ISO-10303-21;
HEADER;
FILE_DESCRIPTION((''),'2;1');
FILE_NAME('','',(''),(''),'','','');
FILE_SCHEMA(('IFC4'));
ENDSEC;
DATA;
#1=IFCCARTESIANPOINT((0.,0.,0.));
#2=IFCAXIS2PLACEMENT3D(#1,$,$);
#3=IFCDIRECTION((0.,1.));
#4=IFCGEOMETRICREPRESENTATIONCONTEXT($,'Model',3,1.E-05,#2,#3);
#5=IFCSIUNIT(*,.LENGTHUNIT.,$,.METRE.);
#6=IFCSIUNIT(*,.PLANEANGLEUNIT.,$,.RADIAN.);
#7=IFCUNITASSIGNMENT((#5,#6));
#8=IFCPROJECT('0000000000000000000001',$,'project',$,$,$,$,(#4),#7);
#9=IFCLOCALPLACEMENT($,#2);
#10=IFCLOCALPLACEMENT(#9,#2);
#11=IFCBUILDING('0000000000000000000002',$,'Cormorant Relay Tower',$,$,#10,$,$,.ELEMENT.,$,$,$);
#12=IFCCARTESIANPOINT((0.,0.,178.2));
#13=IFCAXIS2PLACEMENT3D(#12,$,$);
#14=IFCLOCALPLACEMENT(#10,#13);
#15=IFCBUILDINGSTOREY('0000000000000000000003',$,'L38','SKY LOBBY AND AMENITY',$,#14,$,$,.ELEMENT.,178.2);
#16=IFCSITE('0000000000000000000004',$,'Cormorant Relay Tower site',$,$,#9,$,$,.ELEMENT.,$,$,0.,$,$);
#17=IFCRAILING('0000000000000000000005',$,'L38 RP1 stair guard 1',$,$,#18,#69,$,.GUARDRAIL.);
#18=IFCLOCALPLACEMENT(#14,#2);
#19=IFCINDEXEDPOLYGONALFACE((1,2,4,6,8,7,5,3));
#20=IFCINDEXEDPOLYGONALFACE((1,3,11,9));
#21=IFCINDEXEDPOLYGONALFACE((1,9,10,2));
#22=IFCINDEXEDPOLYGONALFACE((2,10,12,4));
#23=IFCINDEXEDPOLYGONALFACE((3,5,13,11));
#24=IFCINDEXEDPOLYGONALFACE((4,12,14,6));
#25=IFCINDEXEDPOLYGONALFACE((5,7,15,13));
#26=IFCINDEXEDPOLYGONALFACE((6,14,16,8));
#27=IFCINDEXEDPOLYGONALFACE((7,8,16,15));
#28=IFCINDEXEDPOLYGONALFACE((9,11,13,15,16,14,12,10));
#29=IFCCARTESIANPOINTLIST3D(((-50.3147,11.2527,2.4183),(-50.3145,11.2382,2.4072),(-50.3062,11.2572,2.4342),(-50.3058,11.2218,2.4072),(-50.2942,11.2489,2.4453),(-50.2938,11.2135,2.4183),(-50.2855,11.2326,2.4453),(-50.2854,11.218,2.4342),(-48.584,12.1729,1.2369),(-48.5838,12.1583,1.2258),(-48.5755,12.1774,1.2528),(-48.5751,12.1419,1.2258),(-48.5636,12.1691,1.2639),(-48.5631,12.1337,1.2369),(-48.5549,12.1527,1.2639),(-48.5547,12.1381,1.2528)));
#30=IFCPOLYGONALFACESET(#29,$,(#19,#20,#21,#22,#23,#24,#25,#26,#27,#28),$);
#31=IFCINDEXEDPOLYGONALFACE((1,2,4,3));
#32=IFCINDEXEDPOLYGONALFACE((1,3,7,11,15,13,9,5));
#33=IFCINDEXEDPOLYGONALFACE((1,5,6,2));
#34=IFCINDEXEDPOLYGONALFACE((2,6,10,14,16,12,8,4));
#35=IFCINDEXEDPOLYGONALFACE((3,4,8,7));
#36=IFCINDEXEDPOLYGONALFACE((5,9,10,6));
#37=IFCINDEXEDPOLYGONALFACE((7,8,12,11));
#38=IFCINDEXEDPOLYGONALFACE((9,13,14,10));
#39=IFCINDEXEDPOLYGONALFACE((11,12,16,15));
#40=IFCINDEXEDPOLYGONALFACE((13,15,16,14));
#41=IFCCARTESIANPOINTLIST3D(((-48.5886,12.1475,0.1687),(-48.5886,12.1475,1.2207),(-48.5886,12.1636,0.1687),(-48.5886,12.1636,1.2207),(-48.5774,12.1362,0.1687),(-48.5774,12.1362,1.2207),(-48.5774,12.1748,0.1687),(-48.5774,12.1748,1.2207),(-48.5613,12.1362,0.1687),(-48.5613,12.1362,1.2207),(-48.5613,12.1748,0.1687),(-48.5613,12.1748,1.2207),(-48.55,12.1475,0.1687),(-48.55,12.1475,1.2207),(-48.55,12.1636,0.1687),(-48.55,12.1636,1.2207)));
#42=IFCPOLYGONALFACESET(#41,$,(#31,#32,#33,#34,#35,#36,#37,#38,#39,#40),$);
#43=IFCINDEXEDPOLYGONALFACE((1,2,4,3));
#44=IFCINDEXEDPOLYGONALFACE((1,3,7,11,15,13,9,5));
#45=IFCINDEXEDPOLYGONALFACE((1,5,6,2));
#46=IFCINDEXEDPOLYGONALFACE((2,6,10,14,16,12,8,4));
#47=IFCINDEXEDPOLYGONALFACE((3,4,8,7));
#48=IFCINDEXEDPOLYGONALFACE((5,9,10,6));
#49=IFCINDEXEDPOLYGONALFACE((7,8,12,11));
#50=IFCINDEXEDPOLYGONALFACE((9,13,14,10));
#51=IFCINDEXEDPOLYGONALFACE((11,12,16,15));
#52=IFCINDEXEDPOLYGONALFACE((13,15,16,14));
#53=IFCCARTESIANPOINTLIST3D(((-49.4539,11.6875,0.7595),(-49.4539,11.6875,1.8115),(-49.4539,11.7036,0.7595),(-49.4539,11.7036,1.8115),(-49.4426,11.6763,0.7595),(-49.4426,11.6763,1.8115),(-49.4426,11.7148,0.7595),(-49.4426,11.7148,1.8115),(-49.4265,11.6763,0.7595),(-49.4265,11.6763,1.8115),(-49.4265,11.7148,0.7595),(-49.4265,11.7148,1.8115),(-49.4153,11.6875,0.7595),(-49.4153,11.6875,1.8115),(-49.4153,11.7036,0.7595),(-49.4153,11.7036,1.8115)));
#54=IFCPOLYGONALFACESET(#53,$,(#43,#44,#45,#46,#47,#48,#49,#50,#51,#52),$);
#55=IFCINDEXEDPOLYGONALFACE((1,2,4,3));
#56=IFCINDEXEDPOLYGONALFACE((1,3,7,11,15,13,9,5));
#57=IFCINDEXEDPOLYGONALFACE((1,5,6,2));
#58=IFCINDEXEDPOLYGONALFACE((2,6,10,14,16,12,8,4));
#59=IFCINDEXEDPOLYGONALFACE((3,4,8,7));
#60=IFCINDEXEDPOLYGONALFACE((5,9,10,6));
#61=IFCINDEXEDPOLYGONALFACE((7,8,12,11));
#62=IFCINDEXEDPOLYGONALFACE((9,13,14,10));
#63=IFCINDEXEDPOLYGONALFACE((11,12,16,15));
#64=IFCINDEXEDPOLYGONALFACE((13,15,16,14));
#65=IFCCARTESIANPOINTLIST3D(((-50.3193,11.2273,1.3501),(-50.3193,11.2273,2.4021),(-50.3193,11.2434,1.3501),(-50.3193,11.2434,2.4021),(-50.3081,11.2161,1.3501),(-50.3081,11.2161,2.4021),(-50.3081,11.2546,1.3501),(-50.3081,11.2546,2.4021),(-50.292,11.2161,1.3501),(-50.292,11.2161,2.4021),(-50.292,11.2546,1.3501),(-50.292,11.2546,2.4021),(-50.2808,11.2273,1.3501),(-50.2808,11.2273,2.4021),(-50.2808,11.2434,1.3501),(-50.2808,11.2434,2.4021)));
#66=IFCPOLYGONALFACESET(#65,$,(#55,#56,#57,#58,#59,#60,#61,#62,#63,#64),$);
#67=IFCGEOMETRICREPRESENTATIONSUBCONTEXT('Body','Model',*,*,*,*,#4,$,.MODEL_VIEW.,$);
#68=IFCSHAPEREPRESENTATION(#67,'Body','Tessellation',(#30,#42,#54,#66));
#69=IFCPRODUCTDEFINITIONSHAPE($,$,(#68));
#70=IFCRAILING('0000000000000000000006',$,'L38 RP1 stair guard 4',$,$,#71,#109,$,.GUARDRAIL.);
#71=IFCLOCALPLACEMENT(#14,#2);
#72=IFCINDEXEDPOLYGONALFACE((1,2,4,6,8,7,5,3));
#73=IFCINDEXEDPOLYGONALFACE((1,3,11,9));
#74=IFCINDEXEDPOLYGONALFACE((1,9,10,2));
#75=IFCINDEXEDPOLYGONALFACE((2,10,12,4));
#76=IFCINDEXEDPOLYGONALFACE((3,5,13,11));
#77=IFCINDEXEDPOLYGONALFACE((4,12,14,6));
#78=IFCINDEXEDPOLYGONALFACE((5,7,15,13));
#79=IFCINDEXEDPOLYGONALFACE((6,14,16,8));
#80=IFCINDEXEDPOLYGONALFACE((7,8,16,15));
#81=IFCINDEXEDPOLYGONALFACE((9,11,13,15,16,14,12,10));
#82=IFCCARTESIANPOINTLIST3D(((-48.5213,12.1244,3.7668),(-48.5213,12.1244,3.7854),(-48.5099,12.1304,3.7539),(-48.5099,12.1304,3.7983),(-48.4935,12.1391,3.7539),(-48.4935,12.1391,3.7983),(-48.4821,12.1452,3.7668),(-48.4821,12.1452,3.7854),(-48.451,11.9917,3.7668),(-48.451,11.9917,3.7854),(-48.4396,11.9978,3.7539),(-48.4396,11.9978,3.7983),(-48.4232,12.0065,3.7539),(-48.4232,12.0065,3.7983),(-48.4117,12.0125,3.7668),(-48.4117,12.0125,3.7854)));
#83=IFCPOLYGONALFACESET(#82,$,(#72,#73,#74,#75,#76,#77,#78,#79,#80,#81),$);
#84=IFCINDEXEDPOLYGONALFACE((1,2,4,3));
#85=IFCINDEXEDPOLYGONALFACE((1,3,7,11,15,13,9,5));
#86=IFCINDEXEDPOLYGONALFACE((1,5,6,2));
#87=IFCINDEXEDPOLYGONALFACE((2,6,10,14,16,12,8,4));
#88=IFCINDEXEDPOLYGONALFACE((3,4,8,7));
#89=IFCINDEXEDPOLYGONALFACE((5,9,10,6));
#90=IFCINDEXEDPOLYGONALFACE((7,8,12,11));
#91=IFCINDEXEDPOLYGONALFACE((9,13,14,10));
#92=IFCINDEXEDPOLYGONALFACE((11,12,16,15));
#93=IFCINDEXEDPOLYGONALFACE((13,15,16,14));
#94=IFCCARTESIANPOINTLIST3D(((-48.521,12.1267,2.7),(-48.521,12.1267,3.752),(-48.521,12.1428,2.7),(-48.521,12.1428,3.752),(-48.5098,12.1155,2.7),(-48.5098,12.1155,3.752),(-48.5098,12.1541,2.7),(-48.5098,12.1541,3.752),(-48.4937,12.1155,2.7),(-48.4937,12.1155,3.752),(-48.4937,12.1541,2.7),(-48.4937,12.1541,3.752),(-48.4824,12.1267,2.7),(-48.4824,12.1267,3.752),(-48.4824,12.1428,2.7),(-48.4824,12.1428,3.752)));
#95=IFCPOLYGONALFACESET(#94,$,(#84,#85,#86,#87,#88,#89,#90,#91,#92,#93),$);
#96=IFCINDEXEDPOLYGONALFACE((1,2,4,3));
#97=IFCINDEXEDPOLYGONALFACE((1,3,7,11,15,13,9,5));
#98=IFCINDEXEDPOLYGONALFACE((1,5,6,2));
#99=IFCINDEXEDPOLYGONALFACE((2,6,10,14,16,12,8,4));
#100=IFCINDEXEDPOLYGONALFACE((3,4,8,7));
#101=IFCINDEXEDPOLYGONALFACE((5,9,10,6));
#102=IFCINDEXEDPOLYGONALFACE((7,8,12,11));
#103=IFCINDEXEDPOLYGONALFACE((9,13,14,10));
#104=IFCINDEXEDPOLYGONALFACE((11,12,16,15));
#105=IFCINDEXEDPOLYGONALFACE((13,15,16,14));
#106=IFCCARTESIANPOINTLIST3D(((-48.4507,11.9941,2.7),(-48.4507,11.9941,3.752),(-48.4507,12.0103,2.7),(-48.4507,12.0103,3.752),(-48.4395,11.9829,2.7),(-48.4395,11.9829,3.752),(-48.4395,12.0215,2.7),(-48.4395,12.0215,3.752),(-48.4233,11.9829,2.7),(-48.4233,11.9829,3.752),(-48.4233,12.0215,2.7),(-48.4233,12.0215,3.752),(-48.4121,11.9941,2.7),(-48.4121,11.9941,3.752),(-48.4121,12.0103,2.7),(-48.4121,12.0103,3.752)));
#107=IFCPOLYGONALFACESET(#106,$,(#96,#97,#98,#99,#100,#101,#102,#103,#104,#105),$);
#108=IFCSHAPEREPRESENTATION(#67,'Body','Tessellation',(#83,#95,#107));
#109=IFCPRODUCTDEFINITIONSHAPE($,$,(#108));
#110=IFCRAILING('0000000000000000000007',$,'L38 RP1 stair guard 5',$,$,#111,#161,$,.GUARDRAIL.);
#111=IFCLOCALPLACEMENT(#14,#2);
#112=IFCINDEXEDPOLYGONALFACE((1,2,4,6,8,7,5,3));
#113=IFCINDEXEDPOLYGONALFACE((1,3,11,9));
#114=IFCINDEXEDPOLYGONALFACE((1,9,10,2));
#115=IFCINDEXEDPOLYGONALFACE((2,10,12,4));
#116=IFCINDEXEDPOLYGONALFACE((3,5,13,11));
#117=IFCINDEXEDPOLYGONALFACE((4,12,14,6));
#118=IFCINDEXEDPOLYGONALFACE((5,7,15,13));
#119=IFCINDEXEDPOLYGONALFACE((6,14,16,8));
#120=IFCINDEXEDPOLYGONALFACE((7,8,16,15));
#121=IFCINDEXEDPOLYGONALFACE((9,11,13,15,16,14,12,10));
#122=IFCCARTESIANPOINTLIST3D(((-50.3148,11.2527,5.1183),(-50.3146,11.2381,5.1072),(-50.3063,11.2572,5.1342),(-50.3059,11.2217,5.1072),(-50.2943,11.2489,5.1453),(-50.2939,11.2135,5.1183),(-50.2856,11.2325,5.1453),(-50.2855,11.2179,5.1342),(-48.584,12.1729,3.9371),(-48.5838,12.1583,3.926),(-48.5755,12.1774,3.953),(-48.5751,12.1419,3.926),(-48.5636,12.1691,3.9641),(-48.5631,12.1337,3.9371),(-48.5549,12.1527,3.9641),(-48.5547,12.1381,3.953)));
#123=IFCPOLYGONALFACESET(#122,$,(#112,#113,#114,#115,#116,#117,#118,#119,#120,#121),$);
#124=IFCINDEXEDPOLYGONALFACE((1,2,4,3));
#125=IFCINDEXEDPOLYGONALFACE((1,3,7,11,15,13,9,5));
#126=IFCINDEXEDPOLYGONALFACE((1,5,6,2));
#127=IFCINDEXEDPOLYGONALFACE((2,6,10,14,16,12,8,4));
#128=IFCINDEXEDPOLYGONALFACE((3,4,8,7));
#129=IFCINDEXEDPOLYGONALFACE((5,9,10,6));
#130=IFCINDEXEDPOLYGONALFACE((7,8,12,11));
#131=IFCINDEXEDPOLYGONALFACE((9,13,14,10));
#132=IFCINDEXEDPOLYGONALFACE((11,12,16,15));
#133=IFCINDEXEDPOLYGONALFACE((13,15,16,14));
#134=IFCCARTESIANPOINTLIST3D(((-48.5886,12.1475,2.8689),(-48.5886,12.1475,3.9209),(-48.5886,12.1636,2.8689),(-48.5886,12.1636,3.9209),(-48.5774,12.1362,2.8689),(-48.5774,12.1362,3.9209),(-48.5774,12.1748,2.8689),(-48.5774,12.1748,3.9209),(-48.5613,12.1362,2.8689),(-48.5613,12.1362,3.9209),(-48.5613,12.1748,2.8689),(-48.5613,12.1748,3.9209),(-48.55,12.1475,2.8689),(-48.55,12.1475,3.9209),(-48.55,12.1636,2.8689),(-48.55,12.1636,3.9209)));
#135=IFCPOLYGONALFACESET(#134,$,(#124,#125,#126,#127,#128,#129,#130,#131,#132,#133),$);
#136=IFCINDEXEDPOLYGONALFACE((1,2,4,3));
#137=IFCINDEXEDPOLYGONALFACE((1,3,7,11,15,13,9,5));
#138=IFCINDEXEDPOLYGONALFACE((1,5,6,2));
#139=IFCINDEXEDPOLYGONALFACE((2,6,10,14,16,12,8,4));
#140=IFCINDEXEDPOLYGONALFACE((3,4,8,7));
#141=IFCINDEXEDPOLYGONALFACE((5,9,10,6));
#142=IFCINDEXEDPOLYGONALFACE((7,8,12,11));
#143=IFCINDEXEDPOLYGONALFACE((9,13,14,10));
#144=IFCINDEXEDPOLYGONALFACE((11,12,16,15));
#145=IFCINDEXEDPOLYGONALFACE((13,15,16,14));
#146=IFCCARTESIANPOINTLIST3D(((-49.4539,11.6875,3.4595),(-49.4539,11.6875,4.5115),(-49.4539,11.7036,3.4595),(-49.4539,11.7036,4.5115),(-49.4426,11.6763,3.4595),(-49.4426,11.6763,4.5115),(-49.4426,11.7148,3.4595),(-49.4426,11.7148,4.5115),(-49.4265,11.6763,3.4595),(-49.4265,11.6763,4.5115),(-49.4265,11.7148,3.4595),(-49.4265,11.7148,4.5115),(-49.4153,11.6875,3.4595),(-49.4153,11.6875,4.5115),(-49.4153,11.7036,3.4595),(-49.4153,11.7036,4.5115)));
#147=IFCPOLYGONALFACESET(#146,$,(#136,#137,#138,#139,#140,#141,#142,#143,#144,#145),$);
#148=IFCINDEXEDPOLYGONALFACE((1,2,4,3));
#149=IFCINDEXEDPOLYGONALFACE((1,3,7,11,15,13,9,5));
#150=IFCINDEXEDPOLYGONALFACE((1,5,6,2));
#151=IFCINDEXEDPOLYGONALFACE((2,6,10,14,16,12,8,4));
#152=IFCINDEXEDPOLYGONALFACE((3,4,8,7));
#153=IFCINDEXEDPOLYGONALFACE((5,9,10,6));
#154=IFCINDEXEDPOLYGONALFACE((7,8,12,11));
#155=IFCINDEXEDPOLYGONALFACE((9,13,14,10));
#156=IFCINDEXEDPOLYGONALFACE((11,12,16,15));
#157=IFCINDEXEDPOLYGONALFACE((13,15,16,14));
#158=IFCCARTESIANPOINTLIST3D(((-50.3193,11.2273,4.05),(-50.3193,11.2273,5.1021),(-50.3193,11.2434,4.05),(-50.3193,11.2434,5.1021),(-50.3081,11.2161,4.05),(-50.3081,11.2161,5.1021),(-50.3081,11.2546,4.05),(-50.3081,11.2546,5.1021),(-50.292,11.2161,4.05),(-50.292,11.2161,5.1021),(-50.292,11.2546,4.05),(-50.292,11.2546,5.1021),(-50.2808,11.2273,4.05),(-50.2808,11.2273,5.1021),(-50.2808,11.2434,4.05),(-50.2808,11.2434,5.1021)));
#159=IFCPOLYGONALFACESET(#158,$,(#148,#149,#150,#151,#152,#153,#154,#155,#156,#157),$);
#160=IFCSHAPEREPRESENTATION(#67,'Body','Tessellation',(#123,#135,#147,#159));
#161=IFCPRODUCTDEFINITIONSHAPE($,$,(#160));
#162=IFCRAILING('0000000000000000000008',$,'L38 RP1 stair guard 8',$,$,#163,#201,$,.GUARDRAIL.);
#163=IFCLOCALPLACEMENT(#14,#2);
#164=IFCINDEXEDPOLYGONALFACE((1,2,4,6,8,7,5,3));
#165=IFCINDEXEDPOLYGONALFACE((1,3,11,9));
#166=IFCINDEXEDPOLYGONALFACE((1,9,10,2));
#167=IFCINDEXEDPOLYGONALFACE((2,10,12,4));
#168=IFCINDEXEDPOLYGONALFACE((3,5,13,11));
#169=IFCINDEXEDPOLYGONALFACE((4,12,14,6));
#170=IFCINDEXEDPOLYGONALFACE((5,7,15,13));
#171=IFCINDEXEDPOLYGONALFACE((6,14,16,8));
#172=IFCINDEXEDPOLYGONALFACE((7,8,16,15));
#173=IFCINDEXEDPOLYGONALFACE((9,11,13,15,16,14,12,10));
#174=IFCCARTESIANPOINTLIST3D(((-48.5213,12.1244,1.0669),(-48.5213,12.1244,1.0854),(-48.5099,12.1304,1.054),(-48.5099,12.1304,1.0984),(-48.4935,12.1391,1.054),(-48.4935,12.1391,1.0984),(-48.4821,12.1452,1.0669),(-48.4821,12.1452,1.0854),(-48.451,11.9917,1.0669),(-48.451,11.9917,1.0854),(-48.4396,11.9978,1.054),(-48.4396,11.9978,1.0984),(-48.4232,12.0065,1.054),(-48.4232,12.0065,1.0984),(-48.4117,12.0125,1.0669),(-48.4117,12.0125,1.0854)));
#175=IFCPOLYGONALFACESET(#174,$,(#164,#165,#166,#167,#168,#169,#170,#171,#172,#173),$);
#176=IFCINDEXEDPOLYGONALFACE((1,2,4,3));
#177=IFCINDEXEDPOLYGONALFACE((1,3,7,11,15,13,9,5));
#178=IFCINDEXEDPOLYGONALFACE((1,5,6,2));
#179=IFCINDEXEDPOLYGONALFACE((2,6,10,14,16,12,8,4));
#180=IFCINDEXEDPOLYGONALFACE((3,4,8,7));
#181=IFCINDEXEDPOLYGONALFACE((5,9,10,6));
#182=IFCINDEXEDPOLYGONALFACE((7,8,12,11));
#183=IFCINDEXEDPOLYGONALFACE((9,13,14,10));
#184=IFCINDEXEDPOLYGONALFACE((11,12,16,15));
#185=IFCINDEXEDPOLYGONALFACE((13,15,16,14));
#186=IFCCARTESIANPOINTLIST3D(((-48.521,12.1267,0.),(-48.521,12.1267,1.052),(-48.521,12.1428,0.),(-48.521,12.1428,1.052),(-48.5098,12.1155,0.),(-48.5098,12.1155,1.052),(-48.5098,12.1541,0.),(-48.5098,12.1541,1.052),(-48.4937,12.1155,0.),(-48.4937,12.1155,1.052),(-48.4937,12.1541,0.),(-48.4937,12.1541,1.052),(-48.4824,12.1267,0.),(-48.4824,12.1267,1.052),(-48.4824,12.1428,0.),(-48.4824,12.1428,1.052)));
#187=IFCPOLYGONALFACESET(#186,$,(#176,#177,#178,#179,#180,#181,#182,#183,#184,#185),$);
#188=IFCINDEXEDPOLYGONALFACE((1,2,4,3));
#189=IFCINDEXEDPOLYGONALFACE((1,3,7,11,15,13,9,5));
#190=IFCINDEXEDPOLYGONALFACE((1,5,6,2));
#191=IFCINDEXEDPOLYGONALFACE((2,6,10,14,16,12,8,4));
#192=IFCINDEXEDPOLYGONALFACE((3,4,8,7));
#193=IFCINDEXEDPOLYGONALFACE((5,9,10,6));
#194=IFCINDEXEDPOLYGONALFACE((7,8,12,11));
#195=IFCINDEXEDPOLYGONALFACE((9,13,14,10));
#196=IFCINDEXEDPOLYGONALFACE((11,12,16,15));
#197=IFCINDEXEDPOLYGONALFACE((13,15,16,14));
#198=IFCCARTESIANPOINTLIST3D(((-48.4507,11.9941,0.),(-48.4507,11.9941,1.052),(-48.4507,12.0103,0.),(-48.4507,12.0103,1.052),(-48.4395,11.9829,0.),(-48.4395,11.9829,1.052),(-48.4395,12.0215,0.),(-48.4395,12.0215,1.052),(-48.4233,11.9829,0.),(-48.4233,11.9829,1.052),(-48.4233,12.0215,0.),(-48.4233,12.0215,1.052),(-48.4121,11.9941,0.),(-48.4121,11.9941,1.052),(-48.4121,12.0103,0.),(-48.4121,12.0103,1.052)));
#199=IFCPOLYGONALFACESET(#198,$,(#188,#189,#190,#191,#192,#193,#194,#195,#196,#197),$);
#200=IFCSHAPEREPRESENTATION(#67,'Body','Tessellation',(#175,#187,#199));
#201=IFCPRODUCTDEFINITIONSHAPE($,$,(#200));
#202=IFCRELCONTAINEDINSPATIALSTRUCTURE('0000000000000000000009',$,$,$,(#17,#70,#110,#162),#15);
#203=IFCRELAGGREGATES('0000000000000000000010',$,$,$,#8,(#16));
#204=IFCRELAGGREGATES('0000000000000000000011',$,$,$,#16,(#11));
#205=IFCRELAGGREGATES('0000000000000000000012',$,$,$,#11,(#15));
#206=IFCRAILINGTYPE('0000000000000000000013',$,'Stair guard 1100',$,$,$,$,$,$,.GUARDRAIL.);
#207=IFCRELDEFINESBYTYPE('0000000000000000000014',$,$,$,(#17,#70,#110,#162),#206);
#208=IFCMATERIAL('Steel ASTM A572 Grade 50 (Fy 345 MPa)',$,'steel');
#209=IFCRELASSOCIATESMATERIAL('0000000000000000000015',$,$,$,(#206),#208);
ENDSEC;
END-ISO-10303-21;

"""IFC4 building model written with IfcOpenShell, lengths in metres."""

from ifc_helpers import new_model, si_unit, direction, frame, origin, place, context, subcontext, project, spatial, polyline, outline, extrude, material, type_object, element, save


model = new_model("IFC4")

# Units and contexts
model_context = context("Model", 3, precision=1e-05, world=origin(), true_north=direction((0.0, 1.0)))
body_context = subcontext(model_context, "Body", "Model", "MODEL_VIEW")
ifc_project = project(units=[si_unit("LENGTHUNIT", "METRE"), si_unit("PLANEANGLEUNIT", "RADIAN")], contexts=[model_context])

# Site, building, storey
site_placement = place(None, origin())
site = spatial("IfcSite", under=ifc_project, at=site_placement, Name="Cormorant Relay Tower site", CompositionType="ELEMENT", RefElevation=0.0)
building_placement = place(site_placement, origin())
building = spatial("IfcBuilding", under=site, at=building_placement, Name="Cormorant Relay Tower", CompositionType="ELEMENT")
storey_placement = place(building_placement, frame((0.0, 0.0, 178.2)))
storey = spatial("IfcBuildingStorey", under=building, at=storey_placement, Name="L38", Description="SKY LOBBY AND AMENITY", CompositionType="ELEMENT", Elevation=178.2)

# Railings
ifc_material_1 = material(Name="Steel ASTM A572 Grade 50 (Fy 345 MPa)", Category="steel")
railing_type_1 = type_object("IfcRailingType", Name="Stair guard 1100", PredefinedType="GUARDRAIL", material=ifc_material_1)
railing_1_placement = place(storey_placement, frame((-48.5693, 12.1555, 0.1687)))
element("IfcRailing", 1, at=railing_1_placement, inside=storey, type_object=railing_type_1, Name="L38 RP1 stair guard 1", PredefinedType="GUARDRAIL", context=body_context, shape_type="SweptSolid", body=[
    extrude(outline(polyline([(0.0222, 0.0093), (0.0093, 0.0222), (-0.0093, 0.0222), (-0.0222, 0.0093), (-0.0222, -0.0093), (-0.0093, -0.0222), (0.0093, -0.0222), (0.0222, -0.0093), (0.0222, 0.0093)])), frame((0.0, 0.0, 1.0762), z_axis=(-0.756226, -0.402062, 0.516205), x_axis=(0.469444, -0.882962, 0.0)), (0.0, 0.0, 1.0), 2.2886),
    extrude(outline(polyline([(0.0193, 0.0081), (0.0081, 0.0193), (-0.0081, 0.0193), (-0.0193, 0.0081), (-0.0193, -0.0081), (-0.0081, -0.0193), (0.0081, -0.0193), (0.0193, -0.0081), (0.0193, 0.0081)])), origin(), (0.0, 0.0, 1.0), 1.052),
    extrude(outline(polyline([(0.0193, 0.0081), (0.0081, 0.0193), (-0.0081, 0.0193), (-0.0193, 0.0081), (-0.0193, -0.0081), (-0.0081, -0.0193), (0.0081, -0.0193), (0.0193, -0.0081), (0.0193, 0.0081)])), frame((-0.8652, -0.46, 0.5908)), (0.0, 0.0, 1.0), 1.052),
    extrude(outline(polyline([(0.0193, 0.0081), (0.0081, 0.0193), (-0.0081, 0.0193), (-0.0193, 0.0081), (-0.0193, -0.0081), (-0.0081, -0.0193), (0.0081, -0.0193), (0.0193, -0.0081), (0.0193, 0.0081)])), frame((-1.7307, -0.9202, 1.1814)), (0.0, 0.0, 1.0), 1.052),
])
railing_2_placement = place(storey_placement, frame((-48.5017, 12.1348, 2.7)))
element("IfcRailing", 2, at=railing_2_placement, inside=storey, type_object=railing_type_1, Name="L38 RP1 stair guard 4", PredefinedType="GUARDRAIL", context=body_context, shape_type="SweptSolid", body=[
    extrude(outline(polyline([(0.0222, 0.0093), (0.0093, 0.0222), (-0.0093, 0.0222), (-0.0222, 0.0093), (-0.0222, -0.0093), (-0.0093, -0.0222), (0.0093, -0.0222), (0.0222, -0.0093), (0.0222, 0.0093)])), frame((0.0, 0.0, 1.0762), z_axis=(0.46856, -0.883431, 0.0), x_axis=(0.883431, 0.46856, 0.0)), (0.0, 0.0, 1.0), 0.1501),
    extrude(outline(polyline([(0.0193, 0.0081), (0.0081, 0.0193), (-0.0081, 0.0193), (-0.0193, 0.0081), (-0.0193, -0.0081), (-0.0081, -0.0193), (0.0081, -0.0193), (0.0193, -0.0081), (0.0193, 0.0081)])), origin(), (0.0, 0.0, 1.0), 1.052),
    extrude(outline(polyline([(0.0193, 0.0081), (0.0081, 0.0193), (-0.0081, 0.0193), (-0.0193, 0.0081), (-0.0193, -0.0081), (-0.0081, -0.0193), (0.0081, -0.0193), (0.0193, -0.0081), (0.0193, 0.0081)])), frame((0.0703, -0.1326, 0.0)), (0.0, 0.0, 1.0), 1.052),
])
railing_3_placement = place(storey_placement, frame((-48.5693, 12.1555, 2.8689)))
element("IfcRailing", 3, at=railing_3_placement, inside=storey, type_object=railing_type_1, Name="L38 RP1 stair guard 5", PredefinedType="GUARDRAIL", context=body_context, shape_type="SweptSolid", body=[
    extrude(outline(polyline([(0.0222, 0.0093), (0.0093, 0.0222), (-0.0093, 0.0222), (-0.0222, 0.0093), (-0.0222, -0.0093), (-0.0093, -0.0222), (0.0093, -0.0222), (0.0222, -0.0093), (0.0222, 0.0093)])), frame((0.0, 0.0, 1.0762), z_axis=(-0.756268, -0.402084, 0.516127), x_axis=(0.469444, -0.882962, 0.0)), (0.0, 0.0, 1.0), 2.2886),
    extrude(outline(polyline([(0.0193, 0.0081), (0.0081, 0.0193), (-0.0081, 0.0193), (-0.0193, 0.0081), (-0.0193, -0.0081), (-0.0081, -0.0193), (0.0081, -0.0193), (0.0193, -0.0081), (0.0193, 0.0081)])), origin(), (0.0, 0.0, 1.0), 1.052),
    extrude(outline(polyline([(0.0193, 0.0081), (0.0081, 0.0193), (-0.0081, 0.0193), (-0.0193, 0.0081), (-0.0193, -0.0081), (-0.0081, -0.0193), (0.0081, -0.0193), (0.0193, -0.0081), (0.0193, 0.0081)])), frame((-0.8652, -0.46, 0.5906)), (0.0, 0.0, 1.0), 1.052),
    extrude(outline(polyline([(0.0193, 0.0081), (0.0081, 0.0193), (-0.0081, 0.0193), (-0.0193, 0.0081), (-0.0193, -0.0081), (-0.0081, -0.0193), (0.0081, -0.0193), (0.0193, -0.0081), (0.0193, 0.0081)])), frame((-1.7307, -0.9202, 1.1812)), (0.0, 0.0, 1.0), 1.052),
])
railing_4_placement = place(storey_placement, frame((-48.5017, 12.1348, 0.0)))
element("IfcRailing", 4, at=railing_4_placement, inside=storey, type_object=railing_type_1, Name="L38 RP1 stair guard 8", PredefinedType="GUARDRAIL", context=body_context, shape_type="SweptSolid", body=[
    extrude(outline(polyline([(0.0222, 0.0093), (0.0093, 0.0222), (-0.0093, 0.0222), (-0.0222, 0.0093), (-0.0222, -0.0093), (-0.0093, -0.0222), (0.0093, -0.0222), (0.0222, -0.0093), (0.0222, 0.0093)])), frame((0.0, 0.0, 1.0762), z_axis=(0.46856, -0.883431, 0.0), x_axis=(0.883431, 0.46856, 0.0)), (0.0, 0.0, 1.0), 0.1501),
    extrude(outline(polyline([(0.0193, 0.0081), (0.0081, 0.0193), (-0.0081, 0.0193), (-0.0193, 0.0081), (-0.0193, -0.0081), (-0.0081, -0.0193), (0.0081, -0.0193), (0.0193, -0.0081), (0.0193, 0.0081)])), origin(), (0.0, 0.0, 1.0), 1.052),
    extrude(outline(polyline([(0.0193, 0.0081), (0.0081, 0.0193), (-0.0081, 0.0193), (-0.0193, 0.0081), (-0.0193, -0.0081), (-0.0081, -0.0193), (0.0081, -0.0193), (0.0193, -0.0081), (0.0193, 0.0081)])), frame((0.0703, -0.1326, 0.0)), (0.0, 0.0, 1.0), 1.052),
])

save(model, "model.ifc")
